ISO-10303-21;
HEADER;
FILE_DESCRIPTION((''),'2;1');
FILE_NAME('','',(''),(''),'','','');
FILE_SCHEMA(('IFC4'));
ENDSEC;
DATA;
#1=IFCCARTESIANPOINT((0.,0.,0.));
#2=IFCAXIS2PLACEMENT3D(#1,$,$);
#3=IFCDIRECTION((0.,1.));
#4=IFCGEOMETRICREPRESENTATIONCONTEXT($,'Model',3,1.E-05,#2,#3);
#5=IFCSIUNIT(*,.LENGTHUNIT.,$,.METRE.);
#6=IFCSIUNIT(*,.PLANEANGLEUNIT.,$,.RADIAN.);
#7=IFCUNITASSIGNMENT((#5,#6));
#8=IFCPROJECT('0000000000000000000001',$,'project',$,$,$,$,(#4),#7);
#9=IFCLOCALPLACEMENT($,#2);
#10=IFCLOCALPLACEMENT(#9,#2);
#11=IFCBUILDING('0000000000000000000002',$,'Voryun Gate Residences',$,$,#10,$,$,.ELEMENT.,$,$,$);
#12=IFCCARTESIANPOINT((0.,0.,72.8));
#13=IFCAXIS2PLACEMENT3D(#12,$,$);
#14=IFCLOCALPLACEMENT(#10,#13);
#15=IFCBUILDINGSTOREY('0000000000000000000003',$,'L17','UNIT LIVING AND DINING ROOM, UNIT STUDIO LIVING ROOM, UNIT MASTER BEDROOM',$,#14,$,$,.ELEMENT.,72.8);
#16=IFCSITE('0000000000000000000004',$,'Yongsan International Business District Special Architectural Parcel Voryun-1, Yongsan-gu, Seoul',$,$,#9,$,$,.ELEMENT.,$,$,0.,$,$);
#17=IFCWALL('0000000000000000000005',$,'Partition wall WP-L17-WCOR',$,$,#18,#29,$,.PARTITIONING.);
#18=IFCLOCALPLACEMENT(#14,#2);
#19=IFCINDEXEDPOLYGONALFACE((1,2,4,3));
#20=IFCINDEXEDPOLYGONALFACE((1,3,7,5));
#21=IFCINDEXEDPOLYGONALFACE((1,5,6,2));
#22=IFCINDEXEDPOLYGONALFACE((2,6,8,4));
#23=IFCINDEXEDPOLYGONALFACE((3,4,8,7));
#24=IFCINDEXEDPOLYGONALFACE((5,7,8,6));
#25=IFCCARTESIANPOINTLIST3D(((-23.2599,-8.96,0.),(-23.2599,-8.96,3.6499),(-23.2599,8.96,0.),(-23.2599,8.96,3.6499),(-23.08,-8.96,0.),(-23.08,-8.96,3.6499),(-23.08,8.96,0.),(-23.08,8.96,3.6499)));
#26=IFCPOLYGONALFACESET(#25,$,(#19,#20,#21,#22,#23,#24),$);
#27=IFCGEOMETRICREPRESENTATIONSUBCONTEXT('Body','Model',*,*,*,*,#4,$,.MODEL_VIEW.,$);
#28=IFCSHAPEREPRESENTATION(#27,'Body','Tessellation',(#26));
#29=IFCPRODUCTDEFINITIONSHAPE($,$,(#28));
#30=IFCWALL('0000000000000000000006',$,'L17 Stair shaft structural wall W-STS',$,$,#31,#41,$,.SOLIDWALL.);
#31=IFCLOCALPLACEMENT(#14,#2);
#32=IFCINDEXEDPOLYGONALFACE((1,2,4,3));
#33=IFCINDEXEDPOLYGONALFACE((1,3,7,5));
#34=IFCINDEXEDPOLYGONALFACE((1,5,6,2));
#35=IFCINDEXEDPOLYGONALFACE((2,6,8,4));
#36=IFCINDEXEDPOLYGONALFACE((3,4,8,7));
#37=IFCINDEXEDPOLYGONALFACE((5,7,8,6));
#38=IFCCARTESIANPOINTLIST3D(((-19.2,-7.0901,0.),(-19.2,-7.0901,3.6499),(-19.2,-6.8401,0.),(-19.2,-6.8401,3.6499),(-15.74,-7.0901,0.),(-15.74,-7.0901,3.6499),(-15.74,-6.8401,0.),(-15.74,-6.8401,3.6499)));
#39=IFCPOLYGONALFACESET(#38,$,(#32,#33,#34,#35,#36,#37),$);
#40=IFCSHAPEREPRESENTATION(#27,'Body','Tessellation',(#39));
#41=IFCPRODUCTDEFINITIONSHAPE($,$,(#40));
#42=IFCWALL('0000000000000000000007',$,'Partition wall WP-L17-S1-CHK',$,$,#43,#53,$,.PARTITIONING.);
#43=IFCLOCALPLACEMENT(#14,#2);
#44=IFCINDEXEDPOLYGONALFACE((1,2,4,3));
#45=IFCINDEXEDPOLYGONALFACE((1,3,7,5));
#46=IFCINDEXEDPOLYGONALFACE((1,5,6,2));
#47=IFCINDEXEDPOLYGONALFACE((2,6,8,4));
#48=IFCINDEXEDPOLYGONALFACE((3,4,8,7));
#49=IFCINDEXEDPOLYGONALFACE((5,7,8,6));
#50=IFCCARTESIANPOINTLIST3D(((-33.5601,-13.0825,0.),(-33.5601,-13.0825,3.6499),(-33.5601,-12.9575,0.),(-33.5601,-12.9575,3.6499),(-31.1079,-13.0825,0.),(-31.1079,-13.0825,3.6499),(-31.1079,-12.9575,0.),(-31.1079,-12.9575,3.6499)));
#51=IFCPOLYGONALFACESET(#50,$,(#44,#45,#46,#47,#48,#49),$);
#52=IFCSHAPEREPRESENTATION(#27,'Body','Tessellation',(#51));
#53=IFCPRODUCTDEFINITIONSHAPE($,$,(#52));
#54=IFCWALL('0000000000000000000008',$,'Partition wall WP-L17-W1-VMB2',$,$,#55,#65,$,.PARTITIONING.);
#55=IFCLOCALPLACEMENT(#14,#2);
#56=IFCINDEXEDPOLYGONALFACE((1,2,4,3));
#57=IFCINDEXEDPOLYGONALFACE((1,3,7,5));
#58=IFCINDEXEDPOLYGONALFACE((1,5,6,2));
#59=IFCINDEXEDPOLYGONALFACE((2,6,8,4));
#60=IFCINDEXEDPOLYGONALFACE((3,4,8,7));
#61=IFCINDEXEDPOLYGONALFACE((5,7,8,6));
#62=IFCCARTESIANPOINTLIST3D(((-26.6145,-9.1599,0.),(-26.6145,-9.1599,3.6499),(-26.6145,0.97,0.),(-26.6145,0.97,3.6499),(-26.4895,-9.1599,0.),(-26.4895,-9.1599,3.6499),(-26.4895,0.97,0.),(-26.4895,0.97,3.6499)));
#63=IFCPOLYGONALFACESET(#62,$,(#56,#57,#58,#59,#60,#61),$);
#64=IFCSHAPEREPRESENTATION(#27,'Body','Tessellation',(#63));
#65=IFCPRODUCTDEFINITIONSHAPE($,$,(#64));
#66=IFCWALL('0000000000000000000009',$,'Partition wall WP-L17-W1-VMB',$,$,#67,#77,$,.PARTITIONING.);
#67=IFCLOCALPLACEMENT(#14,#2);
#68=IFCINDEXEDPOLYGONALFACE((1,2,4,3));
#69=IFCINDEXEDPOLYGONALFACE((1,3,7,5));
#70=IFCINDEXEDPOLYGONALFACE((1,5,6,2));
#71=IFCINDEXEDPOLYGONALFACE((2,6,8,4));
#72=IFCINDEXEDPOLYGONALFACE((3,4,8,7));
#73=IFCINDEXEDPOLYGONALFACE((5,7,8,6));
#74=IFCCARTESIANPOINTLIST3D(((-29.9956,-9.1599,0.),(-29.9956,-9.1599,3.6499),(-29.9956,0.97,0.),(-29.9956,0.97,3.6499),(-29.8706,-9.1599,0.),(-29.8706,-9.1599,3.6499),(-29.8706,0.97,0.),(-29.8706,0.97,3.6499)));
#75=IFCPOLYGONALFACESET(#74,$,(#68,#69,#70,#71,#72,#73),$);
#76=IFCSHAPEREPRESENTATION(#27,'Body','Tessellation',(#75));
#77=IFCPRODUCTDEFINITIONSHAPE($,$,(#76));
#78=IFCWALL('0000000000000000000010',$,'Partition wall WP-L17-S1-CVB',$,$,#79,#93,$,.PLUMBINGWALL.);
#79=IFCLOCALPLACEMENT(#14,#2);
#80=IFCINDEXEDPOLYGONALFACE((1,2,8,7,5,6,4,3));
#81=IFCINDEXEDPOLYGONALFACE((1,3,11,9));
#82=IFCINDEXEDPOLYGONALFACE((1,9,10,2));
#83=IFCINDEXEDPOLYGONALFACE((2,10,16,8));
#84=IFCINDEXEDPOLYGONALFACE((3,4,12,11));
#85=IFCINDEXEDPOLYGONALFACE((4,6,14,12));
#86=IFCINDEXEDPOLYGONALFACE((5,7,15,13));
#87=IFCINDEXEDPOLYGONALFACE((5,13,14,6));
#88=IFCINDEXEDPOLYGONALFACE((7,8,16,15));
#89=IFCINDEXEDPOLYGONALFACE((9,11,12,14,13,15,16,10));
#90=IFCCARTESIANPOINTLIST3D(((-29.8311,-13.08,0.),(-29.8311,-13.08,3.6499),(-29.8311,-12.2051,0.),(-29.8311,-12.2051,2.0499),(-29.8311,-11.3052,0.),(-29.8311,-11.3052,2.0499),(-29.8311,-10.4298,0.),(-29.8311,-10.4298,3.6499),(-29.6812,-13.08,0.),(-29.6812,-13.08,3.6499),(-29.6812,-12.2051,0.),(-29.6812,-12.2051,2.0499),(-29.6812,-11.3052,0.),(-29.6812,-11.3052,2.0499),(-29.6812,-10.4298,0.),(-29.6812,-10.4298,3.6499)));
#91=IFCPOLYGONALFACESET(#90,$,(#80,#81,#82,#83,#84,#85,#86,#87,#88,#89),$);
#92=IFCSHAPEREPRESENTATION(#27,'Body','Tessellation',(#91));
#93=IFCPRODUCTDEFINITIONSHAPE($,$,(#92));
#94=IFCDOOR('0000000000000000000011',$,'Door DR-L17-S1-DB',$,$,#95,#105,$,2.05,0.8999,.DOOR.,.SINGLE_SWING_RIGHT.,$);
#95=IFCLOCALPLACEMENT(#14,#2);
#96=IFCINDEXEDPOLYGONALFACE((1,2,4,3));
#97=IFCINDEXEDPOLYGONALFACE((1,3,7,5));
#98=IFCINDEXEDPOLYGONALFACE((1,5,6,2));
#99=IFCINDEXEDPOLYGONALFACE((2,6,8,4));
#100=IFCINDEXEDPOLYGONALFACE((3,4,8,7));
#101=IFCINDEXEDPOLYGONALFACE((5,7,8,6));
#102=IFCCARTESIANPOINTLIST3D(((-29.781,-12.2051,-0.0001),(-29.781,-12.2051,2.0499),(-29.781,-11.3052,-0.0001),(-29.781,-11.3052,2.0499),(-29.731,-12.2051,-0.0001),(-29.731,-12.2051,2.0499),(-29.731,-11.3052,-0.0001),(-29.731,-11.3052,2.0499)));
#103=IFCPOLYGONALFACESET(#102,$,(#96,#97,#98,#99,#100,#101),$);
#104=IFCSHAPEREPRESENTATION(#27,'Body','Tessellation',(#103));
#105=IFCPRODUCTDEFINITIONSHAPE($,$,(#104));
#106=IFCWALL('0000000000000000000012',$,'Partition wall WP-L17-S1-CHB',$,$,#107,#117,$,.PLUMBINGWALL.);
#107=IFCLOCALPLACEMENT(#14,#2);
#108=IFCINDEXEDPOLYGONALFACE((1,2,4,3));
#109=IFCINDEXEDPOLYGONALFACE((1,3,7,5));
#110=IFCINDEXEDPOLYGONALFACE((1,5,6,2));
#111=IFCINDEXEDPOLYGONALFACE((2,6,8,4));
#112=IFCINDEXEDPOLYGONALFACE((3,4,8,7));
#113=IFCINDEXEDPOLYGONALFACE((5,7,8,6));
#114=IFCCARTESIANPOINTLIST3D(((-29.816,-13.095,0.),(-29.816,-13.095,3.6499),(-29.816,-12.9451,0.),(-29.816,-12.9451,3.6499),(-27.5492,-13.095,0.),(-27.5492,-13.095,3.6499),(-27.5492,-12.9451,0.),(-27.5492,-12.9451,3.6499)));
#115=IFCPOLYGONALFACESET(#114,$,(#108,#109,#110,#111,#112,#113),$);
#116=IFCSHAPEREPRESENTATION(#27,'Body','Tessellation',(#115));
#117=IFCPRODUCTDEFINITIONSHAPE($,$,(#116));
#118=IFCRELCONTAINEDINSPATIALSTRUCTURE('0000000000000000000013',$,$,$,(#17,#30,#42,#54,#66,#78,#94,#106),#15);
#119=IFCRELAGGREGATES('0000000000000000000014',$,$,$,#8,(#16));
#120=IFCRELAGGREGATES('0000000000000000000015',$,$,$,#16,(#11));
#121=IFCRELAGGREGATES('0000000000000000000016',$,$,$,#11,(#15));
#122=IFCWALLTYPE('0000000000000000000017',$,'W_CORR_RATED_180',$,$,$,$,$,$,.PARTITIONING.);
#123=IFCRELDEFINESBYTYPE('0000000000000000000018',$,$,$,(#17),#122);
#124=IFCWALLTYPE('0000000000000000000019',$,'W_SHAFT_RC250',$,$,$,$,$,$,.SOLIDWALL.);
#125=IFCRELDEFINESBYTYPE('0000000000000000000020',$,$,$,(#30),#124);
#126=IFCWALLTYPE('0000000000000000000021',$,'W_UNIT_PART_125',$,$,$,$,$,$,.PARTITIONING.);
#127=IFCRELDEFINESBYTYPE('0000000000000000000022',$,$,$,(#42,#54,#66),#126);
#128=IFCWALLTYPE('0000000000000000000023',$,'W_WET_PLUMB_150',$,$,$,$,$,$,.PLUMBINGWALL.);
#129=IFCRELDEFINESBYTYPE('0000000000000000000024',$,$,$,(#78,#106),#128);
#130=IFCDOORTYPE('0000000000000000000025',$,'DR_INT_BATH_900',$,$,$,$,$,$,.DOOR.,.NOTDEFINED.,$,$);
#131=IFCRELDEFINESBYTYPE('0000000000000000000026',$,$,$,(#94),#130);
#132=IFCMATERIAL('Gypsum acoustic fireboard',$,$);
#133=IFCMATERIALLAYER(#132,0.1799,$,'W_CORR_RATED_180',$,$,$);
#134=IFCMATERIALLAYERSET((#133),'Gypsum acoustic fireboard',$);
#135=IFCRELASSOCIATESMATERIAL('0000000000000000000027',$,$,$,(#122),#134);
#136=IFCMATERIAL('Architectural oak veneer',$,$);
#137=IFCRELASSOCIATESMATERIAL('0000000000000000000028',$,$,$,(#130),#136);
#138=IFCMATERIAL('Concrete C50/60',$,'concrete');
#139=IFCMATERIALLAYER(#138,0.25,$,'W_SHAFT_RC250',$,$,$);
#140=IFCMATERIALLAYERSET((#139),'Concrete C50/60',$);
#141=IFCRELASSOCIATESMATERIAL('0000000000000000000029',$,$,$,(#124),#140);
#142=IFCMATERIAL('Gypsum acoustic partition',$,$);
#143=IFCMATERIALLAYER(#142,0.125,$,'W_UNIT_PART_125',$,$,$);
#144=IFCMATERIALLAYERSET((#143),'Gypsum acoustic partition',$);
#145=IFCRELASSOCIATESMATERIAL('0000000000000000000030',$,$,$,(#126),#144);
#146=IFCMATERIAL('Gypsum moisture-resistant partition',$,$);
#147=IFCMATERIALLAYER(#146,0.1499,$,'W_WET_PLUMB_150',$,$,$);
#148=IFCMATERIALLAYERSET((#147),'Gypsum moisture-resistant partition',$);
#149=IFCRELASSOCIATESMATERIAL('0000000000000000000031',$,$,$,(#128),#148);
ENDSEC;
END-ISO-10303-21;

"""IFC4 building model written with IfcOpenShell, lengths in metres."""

from ifc_helpers import new_model, si_unit, direction, frame, frame_2d, origin, place, context, subcontext, project, spatial, rectangle, extrude, material, layer, layer_set, type_object, element, fill, save


model = new_model("IFC4")

# Units and contexts
model_context = context("Model", 3, precision=1e-05, world=origin(), true_north=direction((0.0, 1.0)))
body_context = subcontext(model_context, "Body", "Model", "MODEL_VIEW")
ifc_project = project(units=[si_unit("LENGTHUNIT", "METRE"), si_unit("PLANEANGLEUNIT", "RADIAN")], contexts=[model_context])

# Site, building, storey
site_placement = place(None, origin())
site = spatial("IfcSite", under=ifc_project, at=site_placement, Name="Yongsan International Business District Special Architectural Parcel Voryun-1, Yongsan-gu, Seoul", CompositionType="ELEMENT", RefElevation=0.0)
building_placement = place(site_placement, origin())
building = spatial("IfcBuilding", under=site, at=building_placement, Name="Voryun Gate Residences", CompositionType="ELEMENT")
storey_placement = place(building_placement, frame((0.0, 0.0, 72.8)))
storey = spatial("IfcBuildingStorey", under=building, at=storey_placement, Name="L17", Description="UNIT LIVING AND DINING ROOM, UNIT STUDIO LIVING ROOM, UNIT MASTER BEDROOM", CompositionType="ELEMENT", Elevation=72.8)

# Shared definitions
ifc_material_1 = material(Name="Gypsum acoustic fireboard")
ifc_layer_1 = layer(ifc_material_1, 0.1799, Name="W_CORR_RATED_180")
ifc_layer_set_1 = layer_set([ifc_layer_1], Name="Gypsum acoustic fireboard")
wall_type_1 = type_object("IfcWallType", Name="W_CORR_RATED_180", PredefinedType="PARTITIONING", material=ifc_layer_set_1)

# Shared definitions
ifc_material_2 = material(Name="Architectural oak veneer")
door_type_1 = type_object("IfcDoorType", Name="DR_INT_BATH_900", OperationType="NOTDEFINED", PredefinedType="DOOR", material=ifc_material_2)

# Walls
wall_1_placement = place(storey_placement, frame((-23.1699, -8.96, 0.0), z_axis=(0.0, 0.0, 1.0), x_axis=(0.0, 1.0, 0.0)))
element("IfcWall", 1, at=wall_1_placement, inside=storey, type_object=wall_type_1, Name="Partition wall WP-L17-WCOR", PredefinedType="PARTITIONING", context=body_context, shape_type="SweptSolid", body=[
    extrude(rectangle(XDim=17.9199, YDim=0.1799, at=frame_2d((8.96, 0.0))), origin(), (0.0, 0.0, 1.0), 3.6499),
])
ifc_material_3 = material(Name="Concrete C50/60", Category="concrete")
ifc_layer_2 = layer(ifc_material_3, 0.25, Name="W_SHAFT_RC250")
ifc_layer_set_2 = layer_set([ifc_layer_2], Name="Concrete C50/60")
wall_type_2 = type_object("IfcWallType", Name="W_SHAFT_RC250", PredefinedType="SOLIDWALL", material=ifc_layer_set_2)
wall_2_placement = place(storey_placement, frame((-19.2, -6.9651, 0.0), z_axis=(0.0, 0.0, 1.0), x_axis=(1.0, 0.0, 0.0)))
element("IfcWall", 2, at=wall_2_placement, inside=storey, type_object=wall_type_2, Name="L17 Stair shaft structural wall W-STS", PredefinedType="SOLIDWALL", context=body_context, shape_type="SweptSolid", body=[
    extrude(rectangle(XDim=3.46, YDim=0.25, at=frame_2d((1.73, 0.0))), origin(), (0.0, 0.0, 1.0), 3.6499),
])
ifc_material_4 = material(Name="Gypsum acoustic partition")
ifc_layer_3 = layer(ifc_material_4, 0.125, Name="W_UNIT_PART_125")
ifc_layer_set_3 = layer_set([ifc_layer_3], Name="Gypsum acoustic partition")
wall_type_3 = type_object("IfcWallType", Name="W_UNIT_PART_125", PredefinedType="PARTITIONING", material=ifc_layer_set_3)
wall_3_placement = place(storey_placement, frame((-33.5601, -13.02, 0.0), z_axis=(0.0, 0.0, 1.0), x_axis=(1.0, 0.0, 0.0)))
element("IfcWall", 3, at=wall_3_placement, inside=storey, type_object=wall_type_3, Name="Partition wall WP-L17-S1-CHK", PredefinedType="PARTITIONING", context=body_context, shape_type="SweptSolid", body=[
    extrude(rectangle(XDim=2.4521, YDim=0.125, at=frame_2d((1.2261, 0.0))), origin(), (0.0, 0.0, 1.0), 3.6499),
])
for number, where, z_axis, x_axis, name in (
    (4, (-26.552, -9.1599, 0.0), (0.0, 0.0, 1.0), (0.0, 1.0, 0.0), "Partition wall WP-L17-W1-VMB2"),
    (5, (-29.9331, -9.1599, 0.0), (0.0, 0.0, 1.0), (0.0, 1.0, 0.0), "Partition wall WP-L17-W1-VMB"),
):
    element("IfcWall", number, at=place(storey_placement, frame(where, z_axis=z_axis, x_axis=x_axis)), inside=storey, type_object=wall_type_3, Name=name, PredefinedType="PARTITIONING", context=body_context, shape_type="SweptSolid", body=[
        extrude(rectangle(XDim=10.1299, YDim=0.125, at=frame_2d((5.0649, 0.0))), origin(), (0.0, 0.0, 1.0), 3.6499),
    ])

# Wall, opening, door
ifc_material_5 = material(Name="Gypsum moisture-resistant partition")
ifc_layer_4 = layer(ifc_material_5, 0.1499, Name="W_WET_PLUMB_150")
ifc_layer_set_4 = layer_set([ifc_layer_4], Name="Gypsum moisture-resistant partition")
wall_type_4 = type_object("IfcWallType", Name="W_WET_PLUMB_150", PredefinedType="PLUMBINGWALL", material=ifc_layer_set_4)
wall_4_placement = place(storey_placement, frame((-29.7561, -13.0801, 0.0), z_axis=(0.0, 0.0, 1.0), x_axis=(0.0, 1.0, 0.0)))
wall_4 = element("IfcWall", 6, at=wall_4_placement, inside=storey, type_object=wall_type_4, Name="Partition wall WP-L17-S1-CVB", PredefinedType="PLUMBINGWALL", context=body_context, shape_type="SweptSolid", body=[
    extrude(rectangle(XDim=2.6501, YDim=0.1499, at=frame_2d((1.3252, 0.0))), origin(), (0.0, 0.0, 1.0), 3.6499),
])
opening_1_placement = place(wall_4_placement, frame((0.875, 0.0, 0.0)))
opening_1 = element("IfcOpeningElement", 7, at=opening_1_placement, cuts=wall_4, PredefinedType="OPENING", context=body_context, shape_type="SweptSolid", body=[
    extrude(rectangle(XDim=0.8999, YDim=2.05, at=frame_2d((0.45, 1.0249))), frame((0.0, 0.085, 0.0), z_axis=(0.0, -1.0, 0.0), x_axis=(1.0, 0.0, 0.0)), (0.0, 0.0, 1.0), 0.1699),
])
door_1_placement = place(opening_1_placement, origin())
door_1 = element("IfcDoor", 8, at=door_1_placement, inside=storey, type_object=door_type_1, Name="Door DR-L17-S1-DB", OperationType="SINGLE_SWING_RIGHT", OverallHeight=2.05, OverallWidth=0.8999, PredefinedType="DOOR", context=body_context, shape_type="SweptSolid", body=[
    extrude(rectangle(XDim=0.8999, YDim=2.05, at=frame_2d((0.45, 1.0249))), frame((0.0, 0.0249, 0.0), z_axis=(0.0, -1.0, 0.0), x_axis=(1.0, 0.0, 0.0)), (0.0, 0.0, 1.0), 0.05),
])
fill(opening_1, door_1)

# Wall
wall_5_placement = place(storey_placement, frame((-29.8159, -13.02, 0.0), z_axis=(0.0, 0.0, 1.0), x_axis=(1.0, 0.0, 0.0)))
element("IfcWall", 9, at=wall_5_placement, inside=storey, type_object=wall_type_4, Name="Partition wall WP-L17-S1-CHB", PredefinedType="PLUMBINGWALL", context=body_context, shape_type="SweptSolid", body=[
    extrude(rectangle(XDim=2.2668, YDim=0.1499, at=frame_2d((1.1333, 0.0))), origin(), (0.0, 0.0, 1.0), 3.6499),
])

save(model, "model.ifc")
